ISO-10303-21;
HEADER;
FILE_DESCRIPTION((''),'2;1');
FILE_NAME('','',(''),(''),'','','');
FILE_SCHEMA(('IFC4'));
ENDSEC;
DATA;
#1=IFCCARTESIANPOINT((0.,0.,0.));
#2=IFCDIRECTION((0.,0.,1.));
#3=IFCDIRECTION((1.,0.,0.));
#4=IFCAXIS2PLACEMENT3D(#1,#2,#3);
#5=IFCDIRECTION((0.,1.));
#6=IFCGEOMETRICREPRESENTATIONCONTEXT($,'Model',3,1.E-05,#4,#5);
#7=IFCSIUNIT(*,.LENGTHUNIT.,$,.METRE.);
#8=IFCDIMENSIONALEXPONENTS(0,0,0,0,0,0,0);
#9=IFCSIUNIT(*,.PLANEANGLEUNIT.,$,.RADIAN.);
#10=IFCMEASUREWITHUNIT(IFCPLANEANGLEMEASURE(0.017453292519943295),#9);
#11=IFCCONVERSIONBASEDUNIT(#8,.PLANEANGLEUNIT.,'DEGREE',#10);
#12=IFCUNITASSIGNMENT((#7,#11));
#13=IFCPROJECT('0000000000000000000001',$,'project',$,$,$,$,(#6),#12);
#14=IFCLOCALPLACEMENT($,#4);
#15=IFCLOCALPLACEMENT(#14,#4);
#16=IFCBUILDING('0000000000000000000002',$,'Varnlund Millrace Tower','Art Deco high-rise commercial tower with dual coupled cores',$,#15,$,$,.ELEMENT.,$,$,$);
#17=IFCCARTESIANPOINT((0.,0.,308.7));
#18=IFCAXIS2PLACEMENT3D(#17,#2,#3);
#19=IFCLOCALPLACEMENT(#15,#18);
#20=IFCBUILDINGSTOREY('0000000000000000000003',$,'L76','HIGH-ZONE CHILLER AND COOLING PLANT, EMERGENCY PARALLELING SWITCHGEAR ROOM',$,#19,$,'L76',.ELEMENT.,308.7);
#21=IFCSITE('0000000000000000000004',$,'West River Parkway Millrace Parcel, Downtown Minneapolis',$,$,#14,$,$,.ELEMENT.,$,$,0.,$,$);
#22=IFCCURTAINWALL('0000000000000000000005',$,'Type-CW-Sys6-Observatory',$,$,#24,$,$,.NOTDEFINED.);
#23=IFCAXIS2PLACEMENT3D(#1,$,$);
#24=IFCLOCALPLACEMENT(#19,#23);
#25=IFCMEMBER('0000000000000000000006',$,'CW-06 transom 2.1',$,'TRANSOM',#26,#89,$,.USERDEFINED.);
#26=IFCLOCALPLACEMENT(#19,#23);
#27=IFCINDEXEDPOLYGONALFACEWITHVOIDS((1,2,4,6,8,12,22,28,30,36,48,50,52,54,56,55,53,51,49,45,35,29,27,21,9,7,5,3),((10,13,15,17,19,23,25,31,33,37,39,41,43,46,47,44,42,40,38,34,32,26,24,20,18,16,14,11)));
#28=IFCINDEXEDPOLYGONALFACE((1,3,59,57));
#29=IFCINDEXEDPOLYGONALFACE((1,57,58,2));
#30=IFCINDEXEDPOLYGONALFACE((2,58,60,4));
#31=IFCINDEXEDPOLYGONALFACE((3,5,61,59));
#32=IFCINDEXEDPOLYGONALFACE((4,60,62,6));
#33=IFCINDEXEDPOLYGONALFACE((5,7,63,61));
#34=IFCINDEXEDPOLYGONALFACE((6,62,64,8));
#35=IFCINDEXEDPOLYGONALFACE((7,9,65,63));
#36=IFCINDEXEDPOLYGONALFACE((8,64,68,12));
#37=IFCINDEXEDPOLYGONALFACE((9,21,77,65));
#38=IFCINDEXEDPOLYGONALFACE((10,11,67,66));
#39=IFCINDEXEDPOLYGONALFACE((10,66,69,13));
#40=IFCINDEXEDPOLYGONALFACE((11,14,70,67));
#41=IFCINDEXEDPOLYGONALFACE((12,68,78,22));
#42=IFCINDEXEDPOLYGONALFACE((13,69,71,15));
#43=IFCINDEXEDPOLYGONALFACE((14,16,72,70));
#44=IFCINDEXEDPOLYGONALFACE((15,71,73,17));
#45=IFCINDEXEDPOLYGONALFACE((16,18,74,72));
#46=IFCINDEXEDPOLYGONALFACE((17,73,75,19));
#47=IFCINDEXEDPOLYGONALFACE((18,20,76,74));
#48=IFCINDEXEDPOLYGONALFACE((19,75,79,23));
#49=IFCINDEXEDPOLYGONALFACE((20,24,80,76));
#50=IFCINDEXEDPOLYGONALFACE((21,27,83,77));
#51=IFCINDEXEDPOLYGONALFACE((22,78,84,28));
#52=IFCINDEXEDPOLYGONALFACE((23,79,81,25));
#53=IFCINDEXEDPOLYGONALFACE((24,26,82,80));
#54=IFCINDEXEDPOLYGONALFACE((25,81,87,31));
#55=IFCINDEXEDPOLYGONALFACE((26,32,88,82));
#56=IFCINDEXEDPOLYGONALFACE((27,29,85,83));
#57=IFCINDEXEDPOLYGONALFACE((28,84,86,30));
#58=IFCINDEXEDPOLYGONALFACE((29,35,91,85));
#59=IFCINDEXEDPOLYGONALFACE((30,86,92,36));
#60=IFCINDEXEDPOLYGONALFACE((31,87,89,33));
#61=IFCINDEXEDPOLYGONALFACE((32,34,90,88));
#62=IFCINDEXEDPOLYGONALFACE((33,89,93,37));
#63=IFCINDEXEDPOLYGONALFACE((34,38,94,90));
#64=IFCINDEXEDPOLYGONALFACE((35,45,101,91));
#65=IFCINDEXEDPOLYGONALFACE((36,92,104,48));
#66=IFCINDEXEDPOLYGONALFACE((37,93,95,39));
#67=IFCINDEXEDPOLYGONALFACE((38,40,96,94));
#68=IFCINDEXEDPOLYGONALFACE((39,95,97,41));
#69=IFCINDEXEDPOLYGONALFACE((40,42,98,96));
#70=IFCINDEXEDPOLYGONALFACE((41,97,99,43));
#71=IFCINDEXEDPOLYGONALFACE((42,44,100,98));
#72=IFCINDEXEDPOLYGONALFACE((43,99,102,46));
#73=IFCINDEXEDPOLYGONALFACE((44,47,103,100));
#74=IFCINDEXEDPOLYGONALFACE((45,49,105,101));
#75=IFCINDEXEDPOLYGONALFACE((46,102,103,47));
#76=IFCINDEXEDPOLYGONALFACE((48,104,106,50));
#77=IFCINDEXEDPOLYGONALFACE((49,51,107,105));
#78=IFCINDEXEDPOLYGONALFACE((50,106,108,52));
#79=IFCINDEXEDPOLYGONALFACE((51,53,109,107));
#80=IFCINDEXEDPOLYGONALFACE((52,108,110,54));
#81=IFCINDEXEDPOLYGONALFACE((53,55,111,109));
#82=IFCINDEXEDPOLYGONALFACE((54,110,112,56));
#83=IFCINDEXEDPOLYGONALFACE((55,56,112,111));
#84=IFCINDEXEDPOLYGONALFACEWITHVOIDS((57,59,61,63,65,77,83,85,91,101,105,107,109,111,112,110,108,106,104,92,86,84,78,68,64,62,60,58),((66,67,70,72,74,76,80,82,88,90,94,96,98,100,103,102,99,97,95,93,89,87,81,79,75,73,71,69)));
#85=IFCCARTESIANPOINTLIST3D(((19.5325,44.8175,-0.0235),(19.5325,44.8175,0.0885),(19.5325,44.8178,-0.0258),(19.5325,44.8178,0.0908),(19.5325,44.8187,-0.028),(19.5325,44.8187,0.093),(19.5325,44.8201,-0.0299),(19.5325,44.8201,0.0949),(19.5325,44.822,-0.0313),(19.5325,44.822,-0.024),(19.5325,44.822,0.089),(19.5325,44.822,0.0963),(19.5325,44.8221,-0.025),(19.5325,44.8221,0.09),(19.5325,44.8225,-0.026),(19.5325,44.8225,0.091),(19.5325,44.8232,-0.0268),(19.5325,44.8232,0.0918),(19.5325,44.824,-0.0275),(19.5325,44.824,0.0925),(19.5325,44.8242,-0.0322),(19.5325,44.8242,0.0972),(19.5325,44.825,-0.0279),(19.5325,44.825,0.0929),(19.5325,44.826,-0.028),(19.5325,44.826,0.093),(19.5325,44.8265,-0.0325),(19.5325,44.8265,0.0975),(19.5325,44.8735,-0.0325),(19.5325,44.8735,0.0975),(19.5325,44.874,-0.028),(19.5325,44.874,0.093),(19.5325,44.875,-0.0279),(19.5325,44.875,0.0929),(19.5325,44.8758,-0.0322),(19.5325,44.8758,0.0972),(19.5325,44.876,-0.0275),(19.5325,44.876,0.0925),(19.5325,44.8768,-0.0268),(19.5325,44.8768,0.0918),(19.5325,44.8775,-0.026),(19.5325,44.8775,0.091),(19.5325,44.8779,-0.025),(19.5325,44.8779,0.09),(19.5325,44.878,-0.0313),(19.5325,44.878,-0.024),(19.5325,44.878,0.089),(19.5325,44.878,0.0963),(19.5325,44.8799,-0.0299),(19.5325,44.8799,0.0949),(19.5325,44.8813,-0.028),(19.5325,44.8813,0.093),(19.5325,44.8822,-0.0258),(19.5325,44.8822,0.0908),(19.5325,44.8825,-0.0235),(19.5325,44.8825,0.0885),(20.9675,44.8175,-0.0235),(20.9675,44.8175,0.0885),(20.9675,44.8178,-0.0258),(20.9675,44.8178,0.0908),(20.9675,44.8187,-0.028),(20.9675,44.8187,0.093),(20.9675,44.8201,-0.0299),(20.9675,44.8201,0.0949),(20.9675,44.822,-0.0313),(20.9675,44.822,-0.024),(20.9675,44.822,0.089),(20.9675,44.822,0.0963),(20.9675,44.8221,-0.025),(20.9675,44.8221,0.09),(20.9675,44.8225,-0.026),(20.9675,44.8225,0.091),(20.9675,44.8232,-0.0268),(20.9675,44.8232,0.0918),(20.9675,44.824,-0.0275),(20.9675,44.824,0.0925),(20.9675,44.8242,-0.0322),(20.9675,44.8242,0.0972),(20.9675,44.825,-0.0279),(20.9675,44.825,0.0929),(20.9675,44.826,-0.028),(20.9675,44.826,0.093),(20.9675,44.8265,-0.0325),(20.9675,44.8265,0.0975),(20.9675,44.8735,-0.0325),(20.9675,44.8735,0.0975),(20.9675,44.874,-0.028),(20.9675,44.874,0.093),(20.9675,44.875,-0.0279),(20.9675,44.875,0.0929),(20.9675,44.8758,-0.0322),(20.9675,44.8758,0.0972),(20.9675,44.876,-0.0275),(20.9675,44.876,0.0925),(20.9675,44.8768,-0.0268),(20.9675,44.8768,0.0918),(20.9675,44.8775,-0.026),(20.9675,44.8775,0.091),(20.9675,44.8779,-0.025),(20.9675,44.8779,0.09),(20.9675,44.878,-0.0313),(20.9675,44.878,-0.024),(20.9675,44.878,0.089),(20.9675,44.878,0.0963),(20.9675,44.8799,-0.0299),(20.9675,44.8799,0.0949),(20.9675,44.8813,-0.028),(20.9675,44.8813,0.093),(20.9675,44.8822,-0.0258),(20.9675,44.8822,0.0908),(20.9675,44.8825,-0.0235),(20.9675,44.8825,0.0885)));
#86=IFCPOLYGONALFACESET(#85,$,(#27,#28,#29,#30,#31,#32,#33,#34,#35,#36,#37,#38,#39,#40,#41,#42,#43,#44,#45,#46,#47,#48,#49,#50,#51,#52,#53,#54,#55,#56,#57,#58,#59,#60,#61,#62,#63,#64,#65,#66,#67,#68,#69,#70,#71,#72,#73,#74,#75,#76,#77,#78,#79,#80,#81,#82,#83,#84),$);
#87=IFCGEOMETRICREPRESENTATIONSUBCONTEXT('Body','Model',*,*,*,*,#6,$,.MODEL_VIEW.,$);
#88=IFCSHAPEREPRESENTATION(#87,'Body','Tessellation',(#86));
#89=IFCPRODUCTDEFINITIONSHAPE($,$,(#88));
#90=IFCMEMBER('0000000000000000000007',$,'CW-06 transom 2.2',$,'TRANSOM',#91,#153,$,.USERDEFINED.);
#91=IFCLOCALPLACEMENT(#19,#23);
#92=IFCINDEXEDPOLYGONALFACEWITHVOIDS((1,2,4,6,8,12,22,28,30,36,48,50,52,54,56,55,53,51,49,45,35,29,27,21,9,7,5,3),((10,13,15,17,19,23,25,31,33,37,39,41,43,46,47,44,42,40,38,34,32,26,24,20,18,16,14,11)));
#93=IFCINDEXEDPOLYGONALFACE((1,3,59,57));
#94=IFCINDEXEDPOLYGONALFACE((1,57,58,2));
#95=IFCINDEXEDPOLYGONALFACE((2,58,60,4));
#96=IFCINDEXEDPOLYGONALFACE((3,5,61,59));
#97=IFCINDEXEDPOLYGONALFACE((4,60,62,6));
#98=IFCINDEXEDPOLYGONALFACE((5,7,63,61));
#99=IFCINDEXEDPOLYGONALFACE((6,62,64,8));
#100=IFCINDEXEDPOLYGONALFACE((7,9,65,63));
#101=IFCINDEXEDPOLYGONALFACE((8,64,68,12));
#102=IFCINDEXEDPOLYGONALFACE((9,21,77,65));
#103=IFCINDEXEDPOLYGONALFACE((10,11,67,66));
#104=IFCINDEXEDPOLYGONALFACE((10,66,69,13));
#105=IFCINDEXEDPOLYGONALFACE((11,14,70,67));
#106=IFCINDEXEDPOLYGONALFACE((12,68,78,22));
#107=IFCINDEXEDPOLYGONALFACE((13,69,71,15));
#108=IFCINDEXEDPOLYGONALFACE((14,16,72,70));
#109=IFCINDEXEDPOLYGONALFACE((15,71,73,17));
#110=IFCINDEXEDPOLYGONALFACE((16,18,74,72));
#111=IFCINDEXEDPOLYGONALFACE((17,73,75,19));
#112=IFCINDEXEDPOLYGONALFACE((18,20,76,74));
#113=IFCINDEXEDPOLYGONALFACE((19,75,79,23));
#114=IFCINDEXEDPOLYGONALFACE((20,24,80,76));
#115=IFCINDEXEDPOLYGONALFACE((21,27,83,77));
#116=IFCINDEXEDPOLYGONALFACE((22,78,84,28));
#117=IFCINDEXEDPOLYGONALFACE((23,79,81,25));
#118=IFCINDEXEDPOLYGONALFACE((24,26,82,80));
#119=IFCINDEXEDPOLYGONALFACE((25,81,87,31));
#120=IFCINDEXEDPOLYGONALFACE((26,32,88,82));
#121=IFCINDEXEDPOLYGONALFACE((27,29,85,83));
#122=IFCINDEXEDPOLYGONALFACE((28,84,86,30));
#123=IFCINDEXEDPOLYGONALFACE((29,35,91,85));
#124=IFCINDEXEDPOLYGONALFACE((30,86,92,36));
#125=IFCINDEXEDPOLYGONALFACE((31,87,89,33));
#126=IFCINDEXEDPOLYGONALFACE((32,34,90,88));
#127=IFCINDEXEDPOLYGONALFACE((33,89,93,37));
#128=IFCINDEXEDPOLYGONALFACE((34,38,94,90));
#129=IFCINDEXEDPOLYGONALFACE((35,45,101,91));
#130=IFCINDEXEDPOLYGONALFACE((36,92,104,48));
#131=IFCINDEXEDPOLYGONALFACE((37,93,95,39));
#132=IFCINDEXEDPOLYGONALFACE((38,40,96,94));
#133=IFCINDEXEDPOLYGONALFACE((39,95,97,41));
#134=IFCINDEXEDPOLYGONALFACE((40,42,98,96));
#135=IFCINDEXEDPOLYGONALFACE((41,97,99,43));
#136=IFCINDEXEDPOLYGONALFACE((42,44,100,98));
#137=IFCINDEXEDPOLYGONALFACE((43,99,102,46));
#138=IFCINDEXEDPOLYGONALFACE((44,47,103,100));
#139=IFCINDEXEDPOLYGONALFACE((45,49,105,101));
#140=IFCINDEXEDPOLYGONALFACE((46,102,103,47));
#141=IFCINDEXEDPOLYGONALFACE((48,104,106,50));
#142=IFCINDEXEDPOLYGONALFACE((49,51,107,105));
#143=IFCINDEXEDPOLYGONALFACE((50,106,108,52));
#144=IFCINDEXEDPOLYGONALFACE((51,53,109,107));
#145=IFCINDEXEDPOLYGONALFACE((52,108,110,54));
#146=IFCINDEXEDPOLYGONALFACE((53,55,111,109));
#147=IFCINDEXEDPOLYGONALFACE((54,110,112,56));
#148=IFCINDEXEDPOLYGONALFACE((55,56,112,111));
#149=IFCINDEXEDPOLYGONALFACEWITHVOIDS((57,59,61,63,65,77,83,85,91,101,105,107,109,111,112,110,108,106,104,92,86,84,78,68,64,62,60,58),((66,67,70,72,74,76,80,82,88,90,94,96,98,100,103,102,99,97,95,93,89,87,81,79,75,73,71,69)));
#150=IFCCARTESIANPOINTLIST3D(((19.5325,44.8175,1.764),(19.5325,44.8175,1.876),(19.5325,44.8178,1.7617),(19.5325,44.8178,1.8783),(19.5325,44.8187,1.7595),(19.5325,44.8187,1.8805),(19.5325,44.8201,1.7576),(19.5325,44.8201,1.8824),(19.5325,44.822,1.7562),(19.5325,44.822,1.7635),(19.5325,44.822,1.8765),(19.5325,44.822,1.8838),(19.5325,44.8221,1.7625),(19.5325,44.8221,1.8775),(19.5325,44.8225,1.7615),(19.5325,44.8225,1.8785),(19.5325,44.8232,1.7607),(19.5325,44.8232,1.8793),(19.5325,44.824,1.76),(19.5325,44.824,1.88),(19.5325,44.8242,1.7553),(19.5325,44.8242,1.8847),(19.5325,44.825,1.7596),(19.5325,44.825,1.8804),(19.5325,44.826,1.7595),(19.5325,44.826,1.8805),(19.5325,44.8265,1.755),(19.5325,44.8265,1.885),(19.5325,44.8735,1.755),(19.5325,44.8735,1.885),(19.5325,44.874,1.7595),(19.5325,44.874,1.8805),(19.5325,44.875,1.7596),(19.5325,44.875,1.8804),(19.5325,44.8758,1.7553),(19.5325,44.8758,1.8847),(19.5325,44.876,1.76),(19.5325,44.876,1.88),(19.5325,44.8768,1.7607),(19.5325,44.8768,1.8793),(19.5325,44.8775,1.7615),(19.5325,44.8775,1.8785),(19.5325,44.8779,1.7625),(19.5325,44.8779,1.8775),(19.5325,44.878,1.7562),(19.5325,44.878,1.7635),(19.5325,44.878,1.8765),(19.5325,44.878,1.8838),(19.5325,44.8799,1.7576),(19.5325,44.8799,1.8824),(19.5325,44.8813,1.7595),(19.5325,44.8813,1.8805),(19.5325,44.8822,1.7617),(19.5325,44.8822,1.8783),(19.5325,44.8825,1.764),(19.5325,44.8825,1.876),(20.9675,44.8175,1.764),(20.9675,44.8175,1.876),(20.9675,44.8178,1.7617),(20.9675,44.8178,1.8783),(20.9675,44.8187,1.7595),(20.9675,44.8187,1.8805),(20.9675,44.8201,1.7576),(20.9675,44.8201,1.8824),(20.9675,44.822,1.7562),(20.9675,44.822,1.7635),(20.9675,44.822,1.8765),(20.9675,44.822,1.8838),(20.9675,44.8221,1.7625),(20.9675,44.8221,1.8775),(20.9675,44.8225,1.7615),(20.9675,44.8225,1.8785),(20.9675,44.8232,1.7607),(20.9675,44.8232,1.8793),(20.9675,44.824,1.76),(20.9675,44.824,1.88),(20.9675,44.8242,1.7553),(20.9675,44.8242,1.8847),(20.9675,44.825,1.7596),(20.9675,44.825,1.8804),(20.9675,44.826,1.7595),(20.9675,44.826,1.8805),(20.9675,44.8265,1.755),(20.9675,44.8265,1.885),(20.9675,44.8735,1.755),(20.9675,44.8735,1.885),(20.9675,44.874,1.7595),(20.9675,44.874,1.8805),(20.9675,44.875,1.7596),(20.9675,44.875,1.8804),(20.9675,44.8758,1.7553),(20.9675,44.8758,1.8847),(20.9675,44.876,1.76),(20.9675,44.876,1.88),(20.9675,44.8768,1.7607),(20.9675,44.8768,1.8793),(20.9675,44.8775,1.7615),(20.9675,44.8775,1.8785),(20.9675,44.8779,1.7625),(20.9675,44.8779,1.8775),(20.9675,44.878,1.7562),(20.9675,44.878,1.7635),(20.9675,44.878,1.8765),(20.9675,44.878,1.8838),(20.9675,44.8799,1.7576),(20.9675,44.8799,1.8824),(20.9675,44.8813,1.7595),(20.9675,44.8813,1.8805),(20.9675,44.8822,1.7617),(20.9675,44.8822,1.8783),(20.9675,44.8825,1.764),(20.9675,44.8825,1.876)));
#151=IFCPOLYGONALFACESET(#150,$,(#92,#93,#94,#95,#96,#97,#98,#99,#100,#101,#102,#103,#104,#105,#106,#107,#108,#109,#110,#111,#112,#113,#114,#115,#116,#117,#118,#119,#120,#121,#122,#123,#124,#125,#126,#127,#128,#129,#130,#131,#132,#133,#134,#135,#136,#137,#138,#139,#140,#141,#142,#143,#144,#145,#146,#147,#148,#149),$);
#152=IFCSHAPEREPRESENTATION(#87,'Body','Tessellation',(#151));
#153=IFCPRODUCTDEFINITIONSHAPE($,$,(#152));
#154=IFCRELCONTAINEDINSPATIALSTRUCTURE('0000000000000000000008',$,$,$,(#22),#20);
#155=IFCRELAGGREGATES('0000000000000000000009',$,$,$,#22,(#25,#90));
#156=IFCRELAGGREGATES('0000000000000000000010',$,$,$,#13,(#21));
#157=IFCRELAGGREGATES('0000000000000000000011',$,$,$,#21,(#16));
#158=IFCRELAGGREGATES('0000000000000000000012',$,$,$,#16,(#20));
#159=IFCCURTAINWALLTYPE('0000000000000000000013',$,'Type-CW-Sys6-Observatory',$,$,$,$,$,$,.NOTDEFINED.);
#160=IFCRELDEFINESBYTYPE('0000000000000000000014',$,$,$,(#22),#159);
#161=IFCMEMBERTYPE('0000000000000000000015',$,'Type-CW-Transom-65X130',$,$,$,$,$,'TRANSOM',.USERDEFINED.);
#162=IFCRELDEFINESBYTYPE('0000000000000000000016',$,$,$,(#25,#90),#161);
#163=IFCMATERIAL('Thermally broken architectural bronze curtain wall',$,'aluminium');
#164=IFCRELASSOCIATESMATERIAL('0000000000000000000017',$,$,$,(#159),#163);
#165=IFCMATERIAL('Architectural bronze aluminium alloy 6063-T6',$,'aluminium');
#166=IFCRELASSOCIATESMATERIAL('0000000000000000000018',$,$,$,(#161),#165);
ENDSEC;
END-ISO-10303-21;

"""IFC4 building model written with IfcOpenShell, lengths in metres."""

from ifc_helpers import new_model, entity, si_unit, converted_unit, direction, frame, origin_with_axes, origin_2d_with_axis, place, context, subcontext, project, spatial, hollow_rectangle, extrude, material, material_profile, profile_set, type_object, element, aggregate, save


model = new_model("IFC4")

# Units and contexts
model_context = context("Model", 3, precision=1e-05, world=origin_with_axes(), true_north=direction((0.0, 1.0)))
body_context = subcontext(model_context, "Body", "Model", "MODEL_VIEW")
ifc_project = project(units=[si_unit("LENGTHUNIT", "METRE"), converted_unit("PLANEANGLEUNIT", "DEGREE", entity("IfcPlaneAngleMeasure", 0.017453292519943295), si_unit("PLANEANGLEUNIT", "RADIAN"), dimensions=[0, 0, 0, 0, 0, 0, 0])], contexts=[model_context])

# Site, building, storey
site_placement = place(None, origin_with_axes())
site = spatial("IfcSite", under=ifc_project, at=site_placement, Name="West River Parkway Millrace Parcel, Downtown Minneapolis", CompositionType="ELEMENT", RefElevation=0.0)
building_placement = place(site_placement, origin_with_axes())
building = spatial("IfcBuilding", under=site, at=building_placement, Name="Varnlund Millrace Tower", Description="Art Deco high-rise commercial tower with dual coupled cores", CompositionType="ELEMENT")
storey_placement = place(building_placement, frame((0.0, 0.0, 308.7), z_axis=(0.0, 0.0, 1.0), x_axis=(1.0, 0.0, 0.0)))
storey = spatial("IfcBuildingStorey", under=building, at=storey_placement, Name="L76", Description="HIGH-ZONE CHILLER AND COOLING PLANT, EMERGENCY PARALLELING SWITCHGEAR ROOM", LongName="L76", CompositionType="ELEMENT", Elevation=308.7)

# Curtain wall, members
ifc_material_1 = material(Name="Thermally broken architectural bronze curtain wall", Category="aluminium")
curtain_wall_type = type_object("IfcCurtainWallType", Name="Type-CW-Sys6-Observatory", PredefinedType="NOTDEFINED", material=ifc_material_1)
ifc_material_2 = material(Name="Architectural bronze aluminium alloy 6063-T6", Category="aluminium")
ifc_material_profile_1 = material_profile(ifc_material_2, hollow_rectangle(XDim=0.065, YDim=0.13, WallThickness=0.0045, InnerFilletRadius=0.004, OuterFilletRadius=0.009, at=origin_2d_with_axis()), Name="Architectural bronze aluminium alloy 6063-T6")
ifc_profile_set_1 = profile_set([ifc_material_profile_1], Name="Architectural bronze aluminium alloy 6063-T6")
member_type = type_object("IfcMemberType", Name="Type-CW-Transom-65X130", ElementType="TRANSOM", PredefinedType="USERDEFINED", material=ifc_profile_set_1)
curtain_wall_1_placement = place(storey_placement, frame((18.0, 44.85, 0.0), z_axis=(0.0, 0.0, 1.0), x_axis=(1.0, 0.0, 0.0)))
curtain_wall_1 = element("IfcCurtainWall", 1, at=curtain_wall_1_placement, inside=storey, type_object=curtain_wall_type, Name="Type-CW-Sys6-Observatory", PredefinedType="NOTDEFINED")
member_1_placement = place(storey_placement, frame((19.5325, 44.85, 0.0325), z_axis=(1.0, 0.0, 0.0), x_axis=(0.0, 1.0, 0.0)))
member_1 = element("IfcMember", 2, at=member_1_placement, type_object=member_type, Name="CW-06 transom 2.1", ObjectType="TRANSOM", PredefinedType="USERDEFINED", context=body_context, shape_type="SweptSolid", body=[
    extrude(hollow_rectangle(XDim=0.065, YDim=0.13, WallThickness=0.0045, InnerFilletRadius=0.004, OuterFilletRadius=0.009, at=origin_2d_with_axis()), origin_with_axes(), (0.0, 0.0, 1.0), 1.435),
])
member_2_placement = place(storey_placement, frame((19.5325, 44.85, 1.82), z_axis=(1.0, 0.0, 0.0), x_axis=(0.0, 1.0, 0.0)))
member_2 = element("IfcMember", 3, at=member_2_placement, type_object=member_type, Name="CW-06 transom 2.2", ObjectType="TRANSOM", PredefinedType="USERDEFINED", context=body_context, shape_type="SweptSolid", body=[
    extrude(hollow_rectangle(XDim=0.065, YDim=0.13, WallThickness=0.0045, InnerFilletRadius=0.004, OuterFilletRadius=0.009, at=origin_2d_with_axis()), origin_with_axes(), (0.0, 0.0, 1.0), 1.435),
])

aggregate(curtain_wall_1, [member_1, member_2])

save(model, "model.ifc")
